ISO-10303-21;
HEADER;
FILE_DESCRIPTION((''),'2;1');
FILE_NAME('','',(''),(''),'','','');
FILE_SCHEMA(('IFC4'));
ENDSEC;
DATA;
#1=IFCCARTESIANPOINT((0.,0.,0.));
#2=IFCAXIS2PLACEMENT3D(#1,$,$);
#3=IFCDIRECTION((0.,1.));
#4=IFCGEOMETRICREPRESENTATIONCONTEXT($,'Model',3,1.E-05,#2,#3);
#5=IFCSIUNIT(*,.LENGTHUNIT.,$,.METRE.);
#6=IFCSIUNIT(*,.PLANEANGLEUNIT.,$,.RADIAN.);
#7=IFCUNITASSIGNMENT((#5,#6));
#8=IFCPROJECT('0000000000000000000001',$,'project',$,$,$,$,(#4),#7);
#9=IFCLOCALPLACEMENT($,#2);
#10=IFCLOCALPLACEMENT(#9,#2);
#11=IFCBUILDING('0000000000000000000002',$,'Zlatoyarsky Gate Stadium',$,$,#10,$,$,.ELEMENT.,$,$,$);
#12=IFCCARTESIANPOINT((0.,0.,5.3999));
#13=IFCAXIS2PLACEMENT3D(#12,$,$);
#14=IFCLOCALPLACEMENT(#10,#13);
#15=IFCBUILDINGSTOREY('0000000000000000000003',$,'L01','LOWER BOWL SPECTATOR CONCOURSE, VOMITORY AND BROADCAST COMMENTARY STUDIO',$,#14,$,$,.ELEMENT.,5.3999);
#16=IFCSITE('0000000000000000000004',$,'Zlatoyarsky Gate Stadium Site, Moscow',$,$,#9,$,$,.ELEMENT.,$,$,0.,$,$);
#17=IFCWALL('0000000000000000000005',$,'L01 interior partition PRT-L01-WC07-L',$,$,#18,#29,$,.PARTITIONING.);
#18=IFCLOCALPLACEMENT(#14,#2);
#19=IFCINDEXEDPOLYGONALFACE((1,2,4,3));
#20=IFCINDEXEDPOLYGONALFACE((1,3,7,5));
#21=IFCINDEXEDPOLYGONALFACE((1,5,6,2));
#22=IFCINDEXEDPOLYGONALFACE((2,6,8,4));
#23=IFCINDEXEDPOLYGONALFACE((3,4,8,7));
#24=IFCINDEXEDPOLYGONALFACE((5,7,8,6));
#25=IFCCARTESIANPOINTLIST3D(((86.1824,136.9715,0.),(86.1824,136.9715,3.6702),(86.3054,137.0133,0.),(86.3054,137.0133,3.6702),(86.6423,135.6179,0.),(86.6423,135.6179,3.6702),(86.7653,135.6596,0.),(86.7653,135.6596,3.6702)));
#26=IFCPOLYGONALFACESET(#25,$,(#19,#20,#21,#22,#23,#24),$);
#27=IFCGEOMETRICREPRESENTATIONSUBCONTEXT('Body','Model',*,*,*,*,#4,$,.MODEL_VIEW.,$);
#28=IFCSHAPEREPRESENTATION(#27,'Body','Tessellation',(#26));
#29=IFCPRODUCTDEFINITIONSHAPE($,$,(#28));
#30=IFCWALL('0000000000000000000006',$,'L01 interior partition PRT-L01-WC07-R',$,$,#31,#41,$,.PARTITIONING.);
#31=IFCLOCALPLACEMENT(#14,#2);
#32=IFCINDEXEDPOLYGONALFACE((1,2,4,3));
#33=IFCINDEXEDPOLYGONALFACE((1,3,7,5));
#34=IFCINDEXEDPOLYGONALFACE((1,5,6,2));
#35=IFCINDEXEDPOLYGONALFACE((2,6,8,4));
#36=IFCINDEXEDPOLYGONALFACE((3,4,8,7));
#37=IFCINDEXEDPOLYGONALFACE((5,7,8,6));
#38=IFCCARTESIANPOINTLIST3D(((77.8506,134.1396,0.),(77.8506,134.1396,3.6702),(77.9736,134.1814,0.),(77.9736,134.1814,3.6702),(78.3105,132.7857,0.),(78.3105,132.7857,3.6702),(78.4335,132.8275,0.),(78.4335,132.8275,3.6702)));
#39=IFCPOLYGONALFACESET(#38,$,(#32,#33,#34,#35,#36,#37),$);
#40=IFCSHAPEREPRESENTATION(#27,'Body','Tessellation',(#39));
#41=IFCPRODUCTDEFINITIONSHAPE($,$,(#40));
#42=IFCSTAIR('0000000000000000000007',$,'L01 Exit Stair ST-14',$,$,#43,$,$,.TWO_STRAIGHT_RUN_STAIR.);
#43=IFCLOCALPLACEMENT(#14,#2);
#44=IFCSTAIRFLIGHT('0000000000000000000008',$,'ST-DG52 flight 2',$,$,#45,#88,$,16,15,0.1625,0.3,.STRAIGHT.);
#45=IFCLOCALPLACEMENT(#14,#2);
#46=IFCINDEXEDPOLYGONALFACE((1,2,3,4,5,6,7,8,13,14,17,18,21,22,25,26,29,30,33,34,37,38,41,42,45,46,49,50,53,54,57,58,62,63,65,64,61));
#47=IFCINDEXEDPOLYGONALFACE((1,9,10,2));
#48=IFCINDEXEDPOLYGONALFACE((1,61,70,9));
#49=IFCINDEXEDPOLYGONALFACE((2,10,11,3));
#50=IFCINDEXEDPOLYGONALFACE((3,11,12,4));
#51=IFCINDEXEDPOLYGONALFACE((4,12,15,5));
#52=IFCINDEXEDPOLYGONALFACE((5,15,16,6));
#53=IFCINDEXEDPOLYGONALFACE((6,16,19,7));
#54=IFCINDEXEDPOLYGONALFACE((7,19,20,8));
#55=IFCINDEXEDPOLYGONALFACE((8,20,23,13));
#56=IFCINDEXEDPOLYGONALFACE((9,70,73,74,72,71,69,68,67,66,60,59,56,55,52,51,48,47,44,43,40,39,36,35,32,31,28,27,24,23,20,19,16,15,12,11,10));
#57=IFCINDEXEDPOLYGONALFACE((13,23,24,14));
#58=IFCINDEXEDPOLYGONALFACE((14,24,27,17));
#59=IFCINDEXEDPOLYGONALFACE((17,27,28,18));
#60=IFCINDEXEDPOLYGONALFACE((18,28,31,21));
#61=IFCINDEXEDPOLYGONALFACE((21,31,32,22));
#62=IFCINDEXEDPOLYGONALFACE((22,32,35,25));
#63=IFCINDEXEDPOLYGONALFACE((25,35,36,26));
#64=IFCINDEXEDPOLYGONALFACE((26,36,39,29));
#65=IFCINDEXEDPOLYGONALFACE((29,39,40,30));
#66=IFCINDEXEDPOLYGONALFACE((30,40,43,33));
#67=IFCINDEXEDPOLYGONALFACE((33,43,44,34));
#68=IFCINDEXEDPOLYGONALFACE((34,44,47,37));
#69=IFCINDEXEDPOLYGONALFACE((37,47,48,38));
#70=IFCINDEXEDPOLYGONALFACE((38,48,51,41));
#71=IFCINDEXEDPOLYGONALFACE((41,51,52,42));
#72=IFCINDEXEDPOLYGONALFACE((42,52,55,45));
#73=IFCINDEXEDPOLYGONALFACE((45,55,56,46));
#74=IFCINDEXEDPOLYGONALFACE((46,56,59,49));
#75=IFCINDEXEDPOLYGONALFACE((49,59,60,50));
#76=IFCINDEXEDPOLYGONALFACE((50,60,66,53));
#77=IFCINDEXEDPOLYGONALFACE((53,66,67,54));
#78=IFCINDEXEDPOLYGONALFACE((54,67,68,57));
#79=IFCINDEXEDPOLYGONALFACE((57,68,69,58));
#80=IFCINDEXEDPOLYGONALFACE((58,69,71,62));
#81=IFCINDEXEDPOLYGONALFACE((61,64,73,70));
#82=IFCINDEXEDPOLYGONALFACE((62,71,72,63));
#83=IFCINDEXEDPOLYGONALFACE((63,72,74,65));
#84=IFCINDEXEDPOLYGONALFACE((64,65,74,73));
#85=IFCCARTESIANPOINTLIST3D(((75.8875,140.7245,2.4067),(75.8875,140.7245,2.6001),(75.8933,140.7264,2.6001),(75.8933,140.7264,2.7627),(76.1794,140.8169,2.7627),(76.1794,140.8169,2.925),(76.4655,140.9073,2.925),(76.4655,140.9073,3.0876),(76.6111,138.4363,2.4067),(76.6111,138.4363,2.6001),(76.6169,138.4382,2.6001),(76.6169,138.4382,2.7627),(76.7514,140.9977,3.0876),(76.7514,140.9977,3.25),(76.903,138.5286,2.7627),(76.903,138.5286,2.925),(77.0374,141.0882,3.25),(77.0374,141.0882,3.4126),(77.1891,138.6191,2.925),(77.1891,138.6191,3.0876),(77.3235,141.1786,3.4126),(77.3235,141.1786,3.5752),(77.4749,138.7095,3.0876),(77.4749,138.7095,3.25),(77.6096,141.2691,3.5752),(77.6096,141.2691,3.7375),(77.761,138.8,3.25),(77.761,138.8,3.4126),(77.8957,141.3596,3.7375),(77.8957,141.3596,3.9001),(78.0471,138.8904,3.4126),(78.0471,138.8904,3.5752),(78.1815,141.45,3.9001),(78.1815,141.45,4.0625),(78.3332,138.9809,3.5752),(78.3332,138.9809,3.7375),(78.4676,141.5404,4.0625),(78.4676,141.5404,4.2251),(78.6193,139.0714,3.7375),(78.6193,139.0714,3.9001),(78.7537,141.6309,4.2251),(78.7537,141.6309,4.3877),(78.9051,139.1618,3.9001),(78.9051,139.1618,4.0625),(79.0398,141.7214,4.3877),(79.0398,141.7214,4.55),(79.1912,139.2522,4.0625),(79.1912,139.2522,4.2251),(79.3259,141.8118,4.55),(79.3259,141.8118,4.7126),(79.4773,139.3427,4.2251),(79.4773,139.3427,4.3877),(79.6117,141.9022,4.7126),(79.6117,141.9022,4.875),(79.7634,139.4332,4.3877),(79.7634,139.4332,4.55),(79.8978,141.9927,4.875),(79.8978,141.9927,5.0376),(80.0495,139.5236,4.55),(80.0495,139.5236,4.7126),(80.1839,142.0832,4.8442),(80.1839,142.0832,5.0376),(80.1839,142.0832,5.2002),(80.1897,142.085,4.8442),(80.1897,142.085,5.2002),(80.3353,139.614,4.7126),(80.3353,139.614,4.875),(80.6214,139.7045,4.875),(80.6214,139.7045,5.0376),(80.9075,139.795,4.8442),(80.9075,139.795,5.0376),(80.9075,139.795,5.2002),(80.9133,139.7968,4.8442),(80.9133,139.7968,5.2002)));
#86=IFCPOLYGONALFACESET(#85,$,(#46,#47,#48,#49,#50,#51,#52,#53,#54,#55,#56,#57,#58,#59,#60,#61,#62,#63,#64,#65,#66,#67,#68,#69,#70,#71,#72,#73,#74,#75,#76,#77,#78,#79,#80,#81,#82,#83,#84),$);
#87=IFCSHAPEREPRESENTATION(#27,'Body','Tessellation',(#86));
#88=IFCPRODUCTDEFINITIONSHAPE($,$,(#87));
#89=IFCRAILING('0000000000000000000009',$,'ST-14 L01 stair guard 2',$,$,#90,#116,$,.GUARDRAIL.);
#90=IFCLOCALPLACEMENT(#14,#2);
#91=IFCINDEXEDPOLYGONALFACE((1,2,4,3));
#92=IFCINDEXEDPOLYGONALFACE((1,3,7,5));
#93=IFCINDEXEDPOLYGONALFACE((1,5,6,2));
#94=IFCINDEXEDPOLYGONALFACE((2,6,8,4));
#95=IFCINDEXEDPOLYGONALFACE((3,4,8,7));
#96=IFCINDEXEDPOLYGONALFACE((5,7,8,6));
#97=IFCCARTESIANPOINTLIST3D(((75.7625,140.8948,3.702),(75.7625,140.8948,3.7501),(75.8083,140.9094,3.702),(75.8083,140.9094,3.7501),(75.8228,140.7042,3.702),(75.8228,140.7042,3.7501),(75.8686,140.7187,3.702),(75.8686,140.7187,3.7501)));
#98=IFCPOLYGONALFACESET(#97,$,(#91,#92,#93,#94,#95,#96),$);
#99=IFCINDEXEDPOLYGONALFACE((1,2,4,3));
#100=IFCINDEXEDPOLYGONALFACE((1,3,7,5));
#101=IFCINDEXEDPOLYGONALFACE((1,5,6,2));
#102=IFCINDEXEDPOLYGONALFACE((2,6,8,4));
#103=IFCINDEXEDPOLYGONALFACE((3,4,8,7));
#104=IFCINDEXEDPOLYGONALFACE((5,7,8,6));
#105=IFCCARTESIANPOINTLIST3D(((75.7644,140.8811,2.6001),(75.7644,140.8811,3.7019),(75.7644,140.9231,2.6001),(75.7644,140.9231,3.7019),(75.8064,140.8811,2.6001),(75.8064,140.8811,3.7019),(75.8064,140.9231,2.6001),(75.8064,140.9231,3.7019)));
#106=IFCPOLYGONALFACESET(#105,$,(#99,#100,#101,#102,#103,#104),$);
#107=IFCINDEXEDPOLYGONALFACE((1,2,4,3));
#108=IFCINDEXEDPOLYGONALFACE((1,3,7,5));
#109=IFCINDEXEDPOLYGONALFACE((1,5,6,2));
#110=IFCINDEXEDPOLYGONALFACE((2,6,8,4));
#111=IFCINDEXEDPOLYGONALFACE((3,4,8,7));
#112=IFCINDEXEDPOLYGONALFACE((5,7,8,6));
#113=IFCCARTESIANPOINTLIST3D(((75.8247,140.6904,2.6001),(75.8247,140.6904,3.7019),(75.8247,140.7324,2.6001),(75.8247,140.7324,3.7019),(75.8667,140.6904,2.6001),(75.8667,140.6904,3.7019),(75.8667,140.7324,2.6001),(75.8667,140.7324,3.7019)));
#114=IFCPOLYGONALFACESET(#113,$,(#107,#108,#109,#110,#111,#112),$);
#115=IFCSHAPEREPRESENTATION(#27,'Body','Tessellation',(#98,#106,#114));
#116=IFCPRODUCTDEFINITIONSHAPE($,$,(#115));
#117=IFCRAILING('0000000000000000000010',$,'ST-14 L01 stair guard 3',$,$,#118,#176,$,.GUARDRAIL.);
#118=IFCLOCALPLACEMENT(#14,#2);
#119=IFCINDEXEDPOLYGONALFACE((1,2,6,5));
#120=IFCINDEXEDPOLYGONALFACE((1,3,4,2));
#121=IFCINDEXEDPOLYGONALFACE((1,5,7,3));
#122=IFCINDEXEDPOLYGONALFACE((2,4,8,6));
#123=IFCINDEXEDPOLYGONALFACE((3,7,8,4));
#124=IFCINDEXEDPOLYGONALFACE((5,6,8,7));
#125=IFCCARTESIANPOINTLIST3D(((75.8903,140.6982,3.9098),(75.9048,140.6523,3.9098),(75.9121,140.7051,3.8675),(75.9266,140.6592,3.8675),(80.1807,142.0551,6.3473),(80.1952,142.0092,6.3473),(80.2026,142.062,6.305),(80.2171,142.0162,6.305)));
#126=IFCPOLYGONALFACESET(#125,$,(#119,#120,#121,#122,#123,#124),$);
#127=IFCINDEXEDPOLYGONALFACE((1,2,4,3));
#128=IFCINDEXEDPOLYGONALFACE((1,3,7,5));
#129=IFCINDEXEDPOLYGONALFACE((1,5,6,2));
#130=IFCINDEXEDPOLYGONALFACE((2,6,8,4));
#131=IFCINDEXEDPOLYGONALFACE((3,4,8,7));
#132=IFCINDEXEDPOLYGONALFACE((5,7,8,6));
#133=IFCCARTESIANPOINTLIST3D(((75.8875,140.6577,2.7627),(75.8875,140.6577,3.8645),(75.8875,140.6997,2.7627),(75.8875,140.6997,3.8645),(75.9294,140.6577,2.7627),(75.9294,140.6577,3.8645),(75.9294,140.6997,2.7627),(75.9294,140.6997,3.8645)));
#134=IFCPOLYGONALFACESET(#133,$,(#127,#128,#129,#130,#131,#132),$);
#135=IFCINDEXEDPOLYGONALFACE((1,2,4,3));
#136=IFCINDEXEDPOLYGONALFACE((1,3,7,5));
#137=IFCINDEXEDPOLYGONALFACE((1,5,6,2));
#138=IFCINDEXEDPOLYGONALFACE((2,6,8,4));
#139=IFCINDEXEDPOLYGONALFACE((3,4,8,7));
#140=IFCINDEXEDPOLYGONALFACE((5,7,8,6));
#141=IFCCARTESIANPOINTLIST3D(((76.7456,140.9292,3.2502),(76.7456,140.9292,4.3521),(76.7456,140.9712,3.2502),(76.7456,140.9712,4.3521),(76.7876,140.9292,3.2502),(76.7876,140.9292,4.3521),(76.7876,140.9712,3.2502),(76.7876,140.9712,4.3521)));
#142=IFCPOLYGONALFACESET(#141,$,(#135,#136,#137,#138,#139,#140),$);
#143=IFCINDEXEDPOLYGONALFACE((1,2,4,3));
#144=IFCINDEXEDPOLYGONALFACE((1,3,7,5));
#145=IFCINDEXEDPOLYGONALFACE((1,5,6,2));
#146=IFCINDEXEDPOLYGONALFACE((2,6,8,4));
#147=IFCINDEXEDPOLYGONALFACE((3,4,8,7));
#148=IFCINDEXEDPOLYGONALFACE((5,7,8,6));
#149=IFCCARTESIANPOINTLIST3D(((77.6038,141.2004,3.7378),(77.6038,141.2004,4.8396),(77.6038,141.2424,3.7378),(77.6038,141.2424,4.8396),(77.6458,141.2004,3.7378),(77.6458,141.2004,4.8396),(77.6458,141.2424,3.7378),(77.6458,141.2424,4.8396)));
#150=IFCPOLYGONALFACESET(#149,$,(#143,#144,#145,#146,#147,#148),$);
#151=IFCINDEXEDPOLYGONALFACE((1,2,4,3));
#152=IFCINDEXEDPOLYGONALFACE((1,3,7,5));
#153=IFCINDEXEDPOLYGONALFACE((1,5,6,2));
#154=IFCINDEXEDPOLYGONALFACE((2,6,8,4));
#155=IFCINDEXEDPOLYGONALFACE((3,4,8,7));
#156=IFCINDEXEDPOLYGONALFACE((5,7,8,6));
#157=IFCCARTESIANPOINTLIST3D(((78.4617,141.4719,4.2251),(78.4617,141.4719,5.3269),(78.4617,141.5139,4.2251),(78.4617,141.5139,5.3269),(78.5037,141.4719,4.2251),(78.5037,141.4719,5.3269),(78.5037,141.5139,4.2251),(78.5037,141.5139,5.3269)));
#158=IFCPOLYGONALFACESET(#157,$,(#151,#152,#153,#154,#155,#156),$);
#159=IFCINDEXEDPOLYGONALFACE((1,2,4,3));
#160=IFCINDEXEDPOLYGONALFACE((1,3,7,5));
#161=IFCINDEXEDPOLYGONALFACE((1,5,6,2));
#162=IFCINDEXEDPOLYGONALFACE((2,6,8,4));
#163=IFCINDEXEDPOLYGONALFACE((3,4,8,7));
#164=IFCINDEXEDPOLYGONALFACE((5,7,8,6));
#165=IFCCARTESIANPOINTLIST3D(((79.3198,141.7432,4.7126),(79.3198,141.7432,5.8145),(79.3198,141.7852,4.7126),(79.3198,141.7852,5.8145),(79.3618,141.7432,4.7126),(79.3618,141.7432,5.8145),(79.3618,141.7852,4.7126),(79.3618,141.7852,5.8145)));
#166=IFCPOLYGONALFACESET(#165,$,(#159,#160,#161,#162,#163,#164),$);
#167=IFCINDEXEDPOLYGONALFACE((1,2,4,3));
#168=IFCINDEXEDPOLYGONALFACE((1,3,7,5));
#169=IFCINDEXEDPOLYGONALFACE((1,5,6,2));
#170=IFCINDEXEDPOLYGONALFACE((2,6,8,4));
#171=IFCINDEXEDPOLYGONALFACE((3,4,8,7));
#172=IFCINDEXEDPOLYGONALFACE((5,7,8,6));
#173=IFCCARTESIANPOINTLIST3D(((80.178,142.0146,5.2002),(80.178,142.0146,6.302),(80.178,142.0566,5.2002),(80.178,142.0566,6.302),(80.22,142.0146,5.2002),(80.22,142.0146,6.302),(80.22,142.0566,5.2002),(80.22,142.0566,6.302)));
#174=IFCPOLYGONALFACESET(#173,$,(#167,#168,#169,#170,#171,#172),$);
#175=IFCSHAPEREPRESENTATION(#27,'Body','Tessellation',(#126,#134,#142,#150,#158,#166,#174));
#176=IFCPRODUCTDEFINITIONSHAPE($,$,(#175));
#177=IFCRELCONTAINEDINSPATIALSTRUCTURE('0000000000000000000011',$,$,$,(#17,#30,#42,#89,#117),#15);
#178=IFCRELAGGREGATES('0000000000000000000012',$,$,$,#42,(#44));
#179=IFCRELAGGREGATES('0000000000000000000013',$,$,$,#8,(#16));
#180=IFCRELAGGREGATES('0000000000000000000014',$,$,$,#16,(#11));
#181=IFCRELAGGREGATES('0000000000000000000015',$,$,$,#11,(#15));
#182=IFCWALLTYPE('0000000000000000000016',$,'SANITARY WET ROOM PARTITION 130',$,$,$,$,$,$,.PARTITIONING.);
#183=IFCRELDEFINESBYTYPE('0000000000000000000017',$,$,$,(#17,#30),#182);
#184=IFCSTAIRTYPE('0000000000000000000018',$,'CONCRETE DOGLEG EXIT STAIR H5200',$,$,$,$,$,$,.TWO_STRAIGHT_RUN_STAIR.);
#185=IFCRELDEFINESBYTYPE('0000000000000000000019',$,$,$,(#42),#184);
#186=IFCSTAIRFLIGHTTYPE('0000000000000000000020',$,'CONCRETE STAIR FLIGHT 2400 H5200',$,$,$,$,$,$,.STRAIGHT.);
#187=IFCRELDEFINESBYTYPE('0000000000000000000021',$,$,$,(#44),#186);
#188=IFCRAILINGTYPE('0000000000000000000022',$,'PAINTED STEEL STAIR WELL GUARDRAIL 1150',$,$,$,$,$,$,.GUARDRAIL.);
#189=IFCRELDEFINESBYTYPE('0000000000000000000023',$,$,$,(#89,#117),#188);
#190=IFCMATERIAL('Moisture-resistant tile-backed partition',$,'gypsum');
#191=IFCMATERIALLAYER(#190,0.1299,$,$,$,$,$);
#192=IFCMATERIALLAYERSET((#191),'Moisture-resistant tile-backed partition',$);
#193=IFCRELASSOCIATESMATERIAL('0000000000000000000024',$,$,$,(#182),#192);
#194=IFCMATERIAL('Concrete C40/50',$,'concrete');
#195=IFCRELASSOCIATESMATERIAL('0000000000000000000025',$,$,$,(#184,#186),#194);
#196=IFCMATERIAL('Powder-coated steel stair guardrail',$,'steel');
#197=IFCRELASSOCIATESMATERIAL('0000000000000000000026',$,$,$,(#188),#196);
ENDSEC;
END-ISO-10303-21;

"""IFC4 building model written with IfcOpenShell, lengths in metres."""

from ifc_helpers import new_model, si_unit, direction, frame, frame_2d, origin, origin_2d, place, context, subcontext, project, spatial, polyline, rectangle, outline, extrude, material, layer, layer_set, type_object, element, aggregate, save


model = new_model("IFC4")

# Units and contexts
model_context = context("Model", 3, precision=1e-05, world=origin(), true_north=direction((0.0, 1.0)))
body_context = subcontext(model_context, "Body", "Model", "MODEL_VIEW")
ifc_project = project(units=[si_unit("LENGTHUNIT", "METRE"), si_unit("PLANEANGLEUNIT", "RADIAN")], contexts=[model_context])

# Site, building, storey
site_placement = place(None, origin())
site = spatial("IfcSite", under=ifc_project, at=site_placement, Name="Zlatoyarsky Gate Stadium Site, Moscow", CompositionType="ELEMENT", RefElevation=0.0)
building_placement = place(site_placement, origin())
building = spatial("IfcBuilding", under=site, at=building_placement, Name="Zlatoyarsky Gate Stadium", CompositionType="ELEMENT")
storey_placement = place(building_placement, frame((0.0, 0.0, 5.3999)))
storey = spatial("IfcBuildingStorey", under=building, at=storey_placement, Name="L01", Description="LOWER BOWL SPECTATOR CONCOURSE, VOMITORY AND BROADCAST COMMENTARY STUDIO", CompositionType="ELEMENT", Elevation=5.3999)

# Shared definitions
ifc_material_1 = material(Name="Concrete C40/50", Category="concrete")

# Shared definitions
ifc_material_2 = material(Name="Moisture-resistant tile-backed partition", Category="gypsum")
ifc_layer_1 = layer(ifc_material_2, 0.1299)
ifc_layer_set_1 = layer_set([ifc_layer_1], Name="Moisture-resistant tile-backed partition")
wall_type_1 = type_object("IfcWallType", Name="SANITARY WET ROOM PARTITION 130", PredefinedType="PARTITIONING", material=ifc_layer_set_1)

# Walls
wall_1_placement = place(storey_placement, frame((86.2439, 136.9924, 0.0), z_axis=(0.0, 0.0, 1.0), x_axis=(0.321704, -0.94684, 0.0)))
element("IfcWall", 1, at=wall_1_placement, inside=storey, type_object=wall_type_1, Name="L01 interior partition PRT-L01-WC07-L", PredefinedType="PARTITIONING", context=body_context, shape_type="SweptSolid", body=[
    extrude(rectangle(XDim=1.4297, YDim=0.1299, at=frame_2d((0.7148, 0.0))), origin(), (0.0, 0.0, 1.0), 3.6702),
])
wall_2_placement = place(storey_placement, frame((77.9121, 134.1604, 0.0), z_axis=(0.0, 0.0, 1.0), x_axis=(0.321652, -0.946858, 0.0)))
element("IfcWall", 2, at=wall_2_placement, inside=storey, type_object=wall_type_1, Name="L01 interior partition PRT-L01-WC07-R", PredefinedType="PARTITIONING", context=body_context, shape_type="SweptSolid", body=[
    extrude(rectangle(XDim=1.4299, YDim=0.1299, at=frame_2d((0.7148, 0.0))), origin(), (0.0, 0.0, 1.0), 3.6702),
])

# Stair, stair flight
stair_type = type_object("IfcStairType", Name="CONCRETE DOGLEG EXIT STAIR H5200", PredefinedType="TWO_STRAIGHT_RUN_STAIR", material=ifc_material_1)
stair_placement = place(storey_placement, origin())
stair = element("IfcStair", 3, at=stair_placement, inside=storey, type_object=stair_type, Name="L01 Exit Stair ST-14", PredefinedType="TWO_STRAIGHT_RUN_STAIR")
stair_flight_type = type_object("IfcStairFlightType", Name="CONCRETE STAIR FLIGHT 2400 H5200", PredefinedType="STRAIGHT", material=ifc_material_1)
stair_flight_placement = place(storey_placement, frame((76.2551, 139.5823, 2.6001), z_axis=(0.0, 0.0, 1.0), x_axis=(0.953463, 0.30151, 0.0)))
stair_flight = element("IfcStairFlight", 4, at=stair_flight_placement, type_object=stair_flight_type, Name="ST-DG52 flight 2", NumberOfRisers=16, NumberOfTreads=15, PredefinedType="STRAIGHT", RiserHeight=0.1625, TreadLength=0.3, context=body_context, shape_type="SweptSolid", body=[
    extrude(outline(polyline([(-0.0061, -0.1934), (-0.0061, 0.0), (0.0, 0.0), (0.0, 0.1626), (0.3, 0.1626), (0.3, 0.325), (0.6001, 0.325), (0.6001, 0.4875), (0.8999, 0.4875), (0.8999, 0.6499), (1.2, 0.6499), (1.2, 0.8125), (1.5, 0.8125), (1.5, 0.9751), (1.8, 0.9751), (1.8, 1.1375), (2.1001, 1.1375), (2.1001, 1.3), (2.3999, 1.3), (2.3999, 1.4624), (2.7, 1.4624), (2.7, 1.625), (3.0, 1.625), (3.0, 1.7876), (3.3, 1.7876), (3.3, 1.95), (3.6001, 1.95), (3.6001, 2.1125), (3.8999, 2.1125), (3.8999, 2.2749), (4.2, 2.2749), (4.2, 2.4375), (4.5, 2.4375), (4.5, 2.6001), (4.5061, 2.6001), (4.5061, 2.2441), (4.5, 2.2441), (-0.0061, -0.1934)])), frame((0.0, 1.2, 0.0), z_axis=(0.0, -1.0, 0.0), x_axis=(1.0, 0.0, 0.0)), (0.0, 0.0, 1.0), 2.3999),
])
aggregate(stair, [stair_flight])

# Railings
ifc_material_3 = material(Name="Powder-coated steel stair guardrail", Category="steel")
railing_type_1 = type_object("IfcRailingType", Name="PAINTED STEEL STAIR WELL GUARDRAIL 1150", PredefinedType="GUARDRAIL", material=ifc_material_3)
railing_1_placement = place(storey_placement, frame((75.7854, 140.9021, 2.6001)))
element("IfcRailing", 5, at=railing_1_placement, inside=storey, type_object=railing_type_1, Name="ST-14 L01 stair guard 2", PredefinedType="GUARDRAIL", context=body_context, shape_type="SweptSolid", body=[
    extrude(rectangle(XDim=0.0481, YDim=0.0481, at=origin_2d()), frame((0.0, 0.0, 1.126), z_axis=(0.30154, -0.953453, 0.0), x_axis=(0.953453, 0.30154, 0.0)), (0.0, 0.0, 1.0), 0.2),
    extrude(rectangle(XDim=0.042, YDim=0.042, at=origin_2d()), origin(), (0.0, 0.0, 1.0), 1.1018),
    extrude(rectangle(XDim=0.042, YDim=0.042, at=origin_2d()), frame((0.0603, -0.1907, 0.0)), (0.0, 0.0, 1.0), 1.1018),
])
railing_2_placement = place(storey_placement, frame((75.9084, 140.6787, 2.7627)))
element("IfcRailing", 6, at=railing_2_placement, inside=storey, type_object=railing_type_1, Name="ST-14 L01 stair guard 3", PredefinedType="GUARDRAIL", context=body_context, shape_type="SweptSolid", body=[
    extrude(rectangle(XDim=0.0481, YDim=0.0481, at=origin_2d()), frame((0.0, 0.0, 1.126), z_axis=(0.838363, 0.265143, 0.476284), x_axis=(-0.301542, 0.953453, 0.0)), (0.0, 0.0, 1.0), 5.1177),
    extrude(rectangle(XDim=0.042, YDim=0.042, at=origin_2d()), origin(), (0.0, 0.0, 1.0), 1.1018),
    extrude(rectangle(XDim=0.042, YDim=0.042, at=origin_2d()), frame((0.8582, 0.2715, 0.4875)), (0.0, 0.0, 1.0), 1.1018),
    extrude(rectangle(XDim=0.042, YDim=0.042, at=origin_2d()), frame((1.7163, 0.5427, 0.9751)), (0.0, 0.0, 1.0), 1.1018),
    extrude(rectangle(XDim=0.042, YDim=0.042, at=origin_2d()), frame((2.5742, 0.8142, 1.4624)), (0.0, 0.0, 1.0), 1.1018),
    extrude(rectangle(XDim=0.042, YDim=0.042, at=origin_2d()), frame((3.4324, 1.0854, 1.95)), (0.0, 0.0, 1.0), 1.1018),
    extrude(rectangle(XDim=0.042, YDim=0.042, at=origin_2d()), frame((4.2905, 1.3569, 2.4375)), (0.0, 0.0, 1.0), 1.1018),
])

save(model, "model.ifc")
